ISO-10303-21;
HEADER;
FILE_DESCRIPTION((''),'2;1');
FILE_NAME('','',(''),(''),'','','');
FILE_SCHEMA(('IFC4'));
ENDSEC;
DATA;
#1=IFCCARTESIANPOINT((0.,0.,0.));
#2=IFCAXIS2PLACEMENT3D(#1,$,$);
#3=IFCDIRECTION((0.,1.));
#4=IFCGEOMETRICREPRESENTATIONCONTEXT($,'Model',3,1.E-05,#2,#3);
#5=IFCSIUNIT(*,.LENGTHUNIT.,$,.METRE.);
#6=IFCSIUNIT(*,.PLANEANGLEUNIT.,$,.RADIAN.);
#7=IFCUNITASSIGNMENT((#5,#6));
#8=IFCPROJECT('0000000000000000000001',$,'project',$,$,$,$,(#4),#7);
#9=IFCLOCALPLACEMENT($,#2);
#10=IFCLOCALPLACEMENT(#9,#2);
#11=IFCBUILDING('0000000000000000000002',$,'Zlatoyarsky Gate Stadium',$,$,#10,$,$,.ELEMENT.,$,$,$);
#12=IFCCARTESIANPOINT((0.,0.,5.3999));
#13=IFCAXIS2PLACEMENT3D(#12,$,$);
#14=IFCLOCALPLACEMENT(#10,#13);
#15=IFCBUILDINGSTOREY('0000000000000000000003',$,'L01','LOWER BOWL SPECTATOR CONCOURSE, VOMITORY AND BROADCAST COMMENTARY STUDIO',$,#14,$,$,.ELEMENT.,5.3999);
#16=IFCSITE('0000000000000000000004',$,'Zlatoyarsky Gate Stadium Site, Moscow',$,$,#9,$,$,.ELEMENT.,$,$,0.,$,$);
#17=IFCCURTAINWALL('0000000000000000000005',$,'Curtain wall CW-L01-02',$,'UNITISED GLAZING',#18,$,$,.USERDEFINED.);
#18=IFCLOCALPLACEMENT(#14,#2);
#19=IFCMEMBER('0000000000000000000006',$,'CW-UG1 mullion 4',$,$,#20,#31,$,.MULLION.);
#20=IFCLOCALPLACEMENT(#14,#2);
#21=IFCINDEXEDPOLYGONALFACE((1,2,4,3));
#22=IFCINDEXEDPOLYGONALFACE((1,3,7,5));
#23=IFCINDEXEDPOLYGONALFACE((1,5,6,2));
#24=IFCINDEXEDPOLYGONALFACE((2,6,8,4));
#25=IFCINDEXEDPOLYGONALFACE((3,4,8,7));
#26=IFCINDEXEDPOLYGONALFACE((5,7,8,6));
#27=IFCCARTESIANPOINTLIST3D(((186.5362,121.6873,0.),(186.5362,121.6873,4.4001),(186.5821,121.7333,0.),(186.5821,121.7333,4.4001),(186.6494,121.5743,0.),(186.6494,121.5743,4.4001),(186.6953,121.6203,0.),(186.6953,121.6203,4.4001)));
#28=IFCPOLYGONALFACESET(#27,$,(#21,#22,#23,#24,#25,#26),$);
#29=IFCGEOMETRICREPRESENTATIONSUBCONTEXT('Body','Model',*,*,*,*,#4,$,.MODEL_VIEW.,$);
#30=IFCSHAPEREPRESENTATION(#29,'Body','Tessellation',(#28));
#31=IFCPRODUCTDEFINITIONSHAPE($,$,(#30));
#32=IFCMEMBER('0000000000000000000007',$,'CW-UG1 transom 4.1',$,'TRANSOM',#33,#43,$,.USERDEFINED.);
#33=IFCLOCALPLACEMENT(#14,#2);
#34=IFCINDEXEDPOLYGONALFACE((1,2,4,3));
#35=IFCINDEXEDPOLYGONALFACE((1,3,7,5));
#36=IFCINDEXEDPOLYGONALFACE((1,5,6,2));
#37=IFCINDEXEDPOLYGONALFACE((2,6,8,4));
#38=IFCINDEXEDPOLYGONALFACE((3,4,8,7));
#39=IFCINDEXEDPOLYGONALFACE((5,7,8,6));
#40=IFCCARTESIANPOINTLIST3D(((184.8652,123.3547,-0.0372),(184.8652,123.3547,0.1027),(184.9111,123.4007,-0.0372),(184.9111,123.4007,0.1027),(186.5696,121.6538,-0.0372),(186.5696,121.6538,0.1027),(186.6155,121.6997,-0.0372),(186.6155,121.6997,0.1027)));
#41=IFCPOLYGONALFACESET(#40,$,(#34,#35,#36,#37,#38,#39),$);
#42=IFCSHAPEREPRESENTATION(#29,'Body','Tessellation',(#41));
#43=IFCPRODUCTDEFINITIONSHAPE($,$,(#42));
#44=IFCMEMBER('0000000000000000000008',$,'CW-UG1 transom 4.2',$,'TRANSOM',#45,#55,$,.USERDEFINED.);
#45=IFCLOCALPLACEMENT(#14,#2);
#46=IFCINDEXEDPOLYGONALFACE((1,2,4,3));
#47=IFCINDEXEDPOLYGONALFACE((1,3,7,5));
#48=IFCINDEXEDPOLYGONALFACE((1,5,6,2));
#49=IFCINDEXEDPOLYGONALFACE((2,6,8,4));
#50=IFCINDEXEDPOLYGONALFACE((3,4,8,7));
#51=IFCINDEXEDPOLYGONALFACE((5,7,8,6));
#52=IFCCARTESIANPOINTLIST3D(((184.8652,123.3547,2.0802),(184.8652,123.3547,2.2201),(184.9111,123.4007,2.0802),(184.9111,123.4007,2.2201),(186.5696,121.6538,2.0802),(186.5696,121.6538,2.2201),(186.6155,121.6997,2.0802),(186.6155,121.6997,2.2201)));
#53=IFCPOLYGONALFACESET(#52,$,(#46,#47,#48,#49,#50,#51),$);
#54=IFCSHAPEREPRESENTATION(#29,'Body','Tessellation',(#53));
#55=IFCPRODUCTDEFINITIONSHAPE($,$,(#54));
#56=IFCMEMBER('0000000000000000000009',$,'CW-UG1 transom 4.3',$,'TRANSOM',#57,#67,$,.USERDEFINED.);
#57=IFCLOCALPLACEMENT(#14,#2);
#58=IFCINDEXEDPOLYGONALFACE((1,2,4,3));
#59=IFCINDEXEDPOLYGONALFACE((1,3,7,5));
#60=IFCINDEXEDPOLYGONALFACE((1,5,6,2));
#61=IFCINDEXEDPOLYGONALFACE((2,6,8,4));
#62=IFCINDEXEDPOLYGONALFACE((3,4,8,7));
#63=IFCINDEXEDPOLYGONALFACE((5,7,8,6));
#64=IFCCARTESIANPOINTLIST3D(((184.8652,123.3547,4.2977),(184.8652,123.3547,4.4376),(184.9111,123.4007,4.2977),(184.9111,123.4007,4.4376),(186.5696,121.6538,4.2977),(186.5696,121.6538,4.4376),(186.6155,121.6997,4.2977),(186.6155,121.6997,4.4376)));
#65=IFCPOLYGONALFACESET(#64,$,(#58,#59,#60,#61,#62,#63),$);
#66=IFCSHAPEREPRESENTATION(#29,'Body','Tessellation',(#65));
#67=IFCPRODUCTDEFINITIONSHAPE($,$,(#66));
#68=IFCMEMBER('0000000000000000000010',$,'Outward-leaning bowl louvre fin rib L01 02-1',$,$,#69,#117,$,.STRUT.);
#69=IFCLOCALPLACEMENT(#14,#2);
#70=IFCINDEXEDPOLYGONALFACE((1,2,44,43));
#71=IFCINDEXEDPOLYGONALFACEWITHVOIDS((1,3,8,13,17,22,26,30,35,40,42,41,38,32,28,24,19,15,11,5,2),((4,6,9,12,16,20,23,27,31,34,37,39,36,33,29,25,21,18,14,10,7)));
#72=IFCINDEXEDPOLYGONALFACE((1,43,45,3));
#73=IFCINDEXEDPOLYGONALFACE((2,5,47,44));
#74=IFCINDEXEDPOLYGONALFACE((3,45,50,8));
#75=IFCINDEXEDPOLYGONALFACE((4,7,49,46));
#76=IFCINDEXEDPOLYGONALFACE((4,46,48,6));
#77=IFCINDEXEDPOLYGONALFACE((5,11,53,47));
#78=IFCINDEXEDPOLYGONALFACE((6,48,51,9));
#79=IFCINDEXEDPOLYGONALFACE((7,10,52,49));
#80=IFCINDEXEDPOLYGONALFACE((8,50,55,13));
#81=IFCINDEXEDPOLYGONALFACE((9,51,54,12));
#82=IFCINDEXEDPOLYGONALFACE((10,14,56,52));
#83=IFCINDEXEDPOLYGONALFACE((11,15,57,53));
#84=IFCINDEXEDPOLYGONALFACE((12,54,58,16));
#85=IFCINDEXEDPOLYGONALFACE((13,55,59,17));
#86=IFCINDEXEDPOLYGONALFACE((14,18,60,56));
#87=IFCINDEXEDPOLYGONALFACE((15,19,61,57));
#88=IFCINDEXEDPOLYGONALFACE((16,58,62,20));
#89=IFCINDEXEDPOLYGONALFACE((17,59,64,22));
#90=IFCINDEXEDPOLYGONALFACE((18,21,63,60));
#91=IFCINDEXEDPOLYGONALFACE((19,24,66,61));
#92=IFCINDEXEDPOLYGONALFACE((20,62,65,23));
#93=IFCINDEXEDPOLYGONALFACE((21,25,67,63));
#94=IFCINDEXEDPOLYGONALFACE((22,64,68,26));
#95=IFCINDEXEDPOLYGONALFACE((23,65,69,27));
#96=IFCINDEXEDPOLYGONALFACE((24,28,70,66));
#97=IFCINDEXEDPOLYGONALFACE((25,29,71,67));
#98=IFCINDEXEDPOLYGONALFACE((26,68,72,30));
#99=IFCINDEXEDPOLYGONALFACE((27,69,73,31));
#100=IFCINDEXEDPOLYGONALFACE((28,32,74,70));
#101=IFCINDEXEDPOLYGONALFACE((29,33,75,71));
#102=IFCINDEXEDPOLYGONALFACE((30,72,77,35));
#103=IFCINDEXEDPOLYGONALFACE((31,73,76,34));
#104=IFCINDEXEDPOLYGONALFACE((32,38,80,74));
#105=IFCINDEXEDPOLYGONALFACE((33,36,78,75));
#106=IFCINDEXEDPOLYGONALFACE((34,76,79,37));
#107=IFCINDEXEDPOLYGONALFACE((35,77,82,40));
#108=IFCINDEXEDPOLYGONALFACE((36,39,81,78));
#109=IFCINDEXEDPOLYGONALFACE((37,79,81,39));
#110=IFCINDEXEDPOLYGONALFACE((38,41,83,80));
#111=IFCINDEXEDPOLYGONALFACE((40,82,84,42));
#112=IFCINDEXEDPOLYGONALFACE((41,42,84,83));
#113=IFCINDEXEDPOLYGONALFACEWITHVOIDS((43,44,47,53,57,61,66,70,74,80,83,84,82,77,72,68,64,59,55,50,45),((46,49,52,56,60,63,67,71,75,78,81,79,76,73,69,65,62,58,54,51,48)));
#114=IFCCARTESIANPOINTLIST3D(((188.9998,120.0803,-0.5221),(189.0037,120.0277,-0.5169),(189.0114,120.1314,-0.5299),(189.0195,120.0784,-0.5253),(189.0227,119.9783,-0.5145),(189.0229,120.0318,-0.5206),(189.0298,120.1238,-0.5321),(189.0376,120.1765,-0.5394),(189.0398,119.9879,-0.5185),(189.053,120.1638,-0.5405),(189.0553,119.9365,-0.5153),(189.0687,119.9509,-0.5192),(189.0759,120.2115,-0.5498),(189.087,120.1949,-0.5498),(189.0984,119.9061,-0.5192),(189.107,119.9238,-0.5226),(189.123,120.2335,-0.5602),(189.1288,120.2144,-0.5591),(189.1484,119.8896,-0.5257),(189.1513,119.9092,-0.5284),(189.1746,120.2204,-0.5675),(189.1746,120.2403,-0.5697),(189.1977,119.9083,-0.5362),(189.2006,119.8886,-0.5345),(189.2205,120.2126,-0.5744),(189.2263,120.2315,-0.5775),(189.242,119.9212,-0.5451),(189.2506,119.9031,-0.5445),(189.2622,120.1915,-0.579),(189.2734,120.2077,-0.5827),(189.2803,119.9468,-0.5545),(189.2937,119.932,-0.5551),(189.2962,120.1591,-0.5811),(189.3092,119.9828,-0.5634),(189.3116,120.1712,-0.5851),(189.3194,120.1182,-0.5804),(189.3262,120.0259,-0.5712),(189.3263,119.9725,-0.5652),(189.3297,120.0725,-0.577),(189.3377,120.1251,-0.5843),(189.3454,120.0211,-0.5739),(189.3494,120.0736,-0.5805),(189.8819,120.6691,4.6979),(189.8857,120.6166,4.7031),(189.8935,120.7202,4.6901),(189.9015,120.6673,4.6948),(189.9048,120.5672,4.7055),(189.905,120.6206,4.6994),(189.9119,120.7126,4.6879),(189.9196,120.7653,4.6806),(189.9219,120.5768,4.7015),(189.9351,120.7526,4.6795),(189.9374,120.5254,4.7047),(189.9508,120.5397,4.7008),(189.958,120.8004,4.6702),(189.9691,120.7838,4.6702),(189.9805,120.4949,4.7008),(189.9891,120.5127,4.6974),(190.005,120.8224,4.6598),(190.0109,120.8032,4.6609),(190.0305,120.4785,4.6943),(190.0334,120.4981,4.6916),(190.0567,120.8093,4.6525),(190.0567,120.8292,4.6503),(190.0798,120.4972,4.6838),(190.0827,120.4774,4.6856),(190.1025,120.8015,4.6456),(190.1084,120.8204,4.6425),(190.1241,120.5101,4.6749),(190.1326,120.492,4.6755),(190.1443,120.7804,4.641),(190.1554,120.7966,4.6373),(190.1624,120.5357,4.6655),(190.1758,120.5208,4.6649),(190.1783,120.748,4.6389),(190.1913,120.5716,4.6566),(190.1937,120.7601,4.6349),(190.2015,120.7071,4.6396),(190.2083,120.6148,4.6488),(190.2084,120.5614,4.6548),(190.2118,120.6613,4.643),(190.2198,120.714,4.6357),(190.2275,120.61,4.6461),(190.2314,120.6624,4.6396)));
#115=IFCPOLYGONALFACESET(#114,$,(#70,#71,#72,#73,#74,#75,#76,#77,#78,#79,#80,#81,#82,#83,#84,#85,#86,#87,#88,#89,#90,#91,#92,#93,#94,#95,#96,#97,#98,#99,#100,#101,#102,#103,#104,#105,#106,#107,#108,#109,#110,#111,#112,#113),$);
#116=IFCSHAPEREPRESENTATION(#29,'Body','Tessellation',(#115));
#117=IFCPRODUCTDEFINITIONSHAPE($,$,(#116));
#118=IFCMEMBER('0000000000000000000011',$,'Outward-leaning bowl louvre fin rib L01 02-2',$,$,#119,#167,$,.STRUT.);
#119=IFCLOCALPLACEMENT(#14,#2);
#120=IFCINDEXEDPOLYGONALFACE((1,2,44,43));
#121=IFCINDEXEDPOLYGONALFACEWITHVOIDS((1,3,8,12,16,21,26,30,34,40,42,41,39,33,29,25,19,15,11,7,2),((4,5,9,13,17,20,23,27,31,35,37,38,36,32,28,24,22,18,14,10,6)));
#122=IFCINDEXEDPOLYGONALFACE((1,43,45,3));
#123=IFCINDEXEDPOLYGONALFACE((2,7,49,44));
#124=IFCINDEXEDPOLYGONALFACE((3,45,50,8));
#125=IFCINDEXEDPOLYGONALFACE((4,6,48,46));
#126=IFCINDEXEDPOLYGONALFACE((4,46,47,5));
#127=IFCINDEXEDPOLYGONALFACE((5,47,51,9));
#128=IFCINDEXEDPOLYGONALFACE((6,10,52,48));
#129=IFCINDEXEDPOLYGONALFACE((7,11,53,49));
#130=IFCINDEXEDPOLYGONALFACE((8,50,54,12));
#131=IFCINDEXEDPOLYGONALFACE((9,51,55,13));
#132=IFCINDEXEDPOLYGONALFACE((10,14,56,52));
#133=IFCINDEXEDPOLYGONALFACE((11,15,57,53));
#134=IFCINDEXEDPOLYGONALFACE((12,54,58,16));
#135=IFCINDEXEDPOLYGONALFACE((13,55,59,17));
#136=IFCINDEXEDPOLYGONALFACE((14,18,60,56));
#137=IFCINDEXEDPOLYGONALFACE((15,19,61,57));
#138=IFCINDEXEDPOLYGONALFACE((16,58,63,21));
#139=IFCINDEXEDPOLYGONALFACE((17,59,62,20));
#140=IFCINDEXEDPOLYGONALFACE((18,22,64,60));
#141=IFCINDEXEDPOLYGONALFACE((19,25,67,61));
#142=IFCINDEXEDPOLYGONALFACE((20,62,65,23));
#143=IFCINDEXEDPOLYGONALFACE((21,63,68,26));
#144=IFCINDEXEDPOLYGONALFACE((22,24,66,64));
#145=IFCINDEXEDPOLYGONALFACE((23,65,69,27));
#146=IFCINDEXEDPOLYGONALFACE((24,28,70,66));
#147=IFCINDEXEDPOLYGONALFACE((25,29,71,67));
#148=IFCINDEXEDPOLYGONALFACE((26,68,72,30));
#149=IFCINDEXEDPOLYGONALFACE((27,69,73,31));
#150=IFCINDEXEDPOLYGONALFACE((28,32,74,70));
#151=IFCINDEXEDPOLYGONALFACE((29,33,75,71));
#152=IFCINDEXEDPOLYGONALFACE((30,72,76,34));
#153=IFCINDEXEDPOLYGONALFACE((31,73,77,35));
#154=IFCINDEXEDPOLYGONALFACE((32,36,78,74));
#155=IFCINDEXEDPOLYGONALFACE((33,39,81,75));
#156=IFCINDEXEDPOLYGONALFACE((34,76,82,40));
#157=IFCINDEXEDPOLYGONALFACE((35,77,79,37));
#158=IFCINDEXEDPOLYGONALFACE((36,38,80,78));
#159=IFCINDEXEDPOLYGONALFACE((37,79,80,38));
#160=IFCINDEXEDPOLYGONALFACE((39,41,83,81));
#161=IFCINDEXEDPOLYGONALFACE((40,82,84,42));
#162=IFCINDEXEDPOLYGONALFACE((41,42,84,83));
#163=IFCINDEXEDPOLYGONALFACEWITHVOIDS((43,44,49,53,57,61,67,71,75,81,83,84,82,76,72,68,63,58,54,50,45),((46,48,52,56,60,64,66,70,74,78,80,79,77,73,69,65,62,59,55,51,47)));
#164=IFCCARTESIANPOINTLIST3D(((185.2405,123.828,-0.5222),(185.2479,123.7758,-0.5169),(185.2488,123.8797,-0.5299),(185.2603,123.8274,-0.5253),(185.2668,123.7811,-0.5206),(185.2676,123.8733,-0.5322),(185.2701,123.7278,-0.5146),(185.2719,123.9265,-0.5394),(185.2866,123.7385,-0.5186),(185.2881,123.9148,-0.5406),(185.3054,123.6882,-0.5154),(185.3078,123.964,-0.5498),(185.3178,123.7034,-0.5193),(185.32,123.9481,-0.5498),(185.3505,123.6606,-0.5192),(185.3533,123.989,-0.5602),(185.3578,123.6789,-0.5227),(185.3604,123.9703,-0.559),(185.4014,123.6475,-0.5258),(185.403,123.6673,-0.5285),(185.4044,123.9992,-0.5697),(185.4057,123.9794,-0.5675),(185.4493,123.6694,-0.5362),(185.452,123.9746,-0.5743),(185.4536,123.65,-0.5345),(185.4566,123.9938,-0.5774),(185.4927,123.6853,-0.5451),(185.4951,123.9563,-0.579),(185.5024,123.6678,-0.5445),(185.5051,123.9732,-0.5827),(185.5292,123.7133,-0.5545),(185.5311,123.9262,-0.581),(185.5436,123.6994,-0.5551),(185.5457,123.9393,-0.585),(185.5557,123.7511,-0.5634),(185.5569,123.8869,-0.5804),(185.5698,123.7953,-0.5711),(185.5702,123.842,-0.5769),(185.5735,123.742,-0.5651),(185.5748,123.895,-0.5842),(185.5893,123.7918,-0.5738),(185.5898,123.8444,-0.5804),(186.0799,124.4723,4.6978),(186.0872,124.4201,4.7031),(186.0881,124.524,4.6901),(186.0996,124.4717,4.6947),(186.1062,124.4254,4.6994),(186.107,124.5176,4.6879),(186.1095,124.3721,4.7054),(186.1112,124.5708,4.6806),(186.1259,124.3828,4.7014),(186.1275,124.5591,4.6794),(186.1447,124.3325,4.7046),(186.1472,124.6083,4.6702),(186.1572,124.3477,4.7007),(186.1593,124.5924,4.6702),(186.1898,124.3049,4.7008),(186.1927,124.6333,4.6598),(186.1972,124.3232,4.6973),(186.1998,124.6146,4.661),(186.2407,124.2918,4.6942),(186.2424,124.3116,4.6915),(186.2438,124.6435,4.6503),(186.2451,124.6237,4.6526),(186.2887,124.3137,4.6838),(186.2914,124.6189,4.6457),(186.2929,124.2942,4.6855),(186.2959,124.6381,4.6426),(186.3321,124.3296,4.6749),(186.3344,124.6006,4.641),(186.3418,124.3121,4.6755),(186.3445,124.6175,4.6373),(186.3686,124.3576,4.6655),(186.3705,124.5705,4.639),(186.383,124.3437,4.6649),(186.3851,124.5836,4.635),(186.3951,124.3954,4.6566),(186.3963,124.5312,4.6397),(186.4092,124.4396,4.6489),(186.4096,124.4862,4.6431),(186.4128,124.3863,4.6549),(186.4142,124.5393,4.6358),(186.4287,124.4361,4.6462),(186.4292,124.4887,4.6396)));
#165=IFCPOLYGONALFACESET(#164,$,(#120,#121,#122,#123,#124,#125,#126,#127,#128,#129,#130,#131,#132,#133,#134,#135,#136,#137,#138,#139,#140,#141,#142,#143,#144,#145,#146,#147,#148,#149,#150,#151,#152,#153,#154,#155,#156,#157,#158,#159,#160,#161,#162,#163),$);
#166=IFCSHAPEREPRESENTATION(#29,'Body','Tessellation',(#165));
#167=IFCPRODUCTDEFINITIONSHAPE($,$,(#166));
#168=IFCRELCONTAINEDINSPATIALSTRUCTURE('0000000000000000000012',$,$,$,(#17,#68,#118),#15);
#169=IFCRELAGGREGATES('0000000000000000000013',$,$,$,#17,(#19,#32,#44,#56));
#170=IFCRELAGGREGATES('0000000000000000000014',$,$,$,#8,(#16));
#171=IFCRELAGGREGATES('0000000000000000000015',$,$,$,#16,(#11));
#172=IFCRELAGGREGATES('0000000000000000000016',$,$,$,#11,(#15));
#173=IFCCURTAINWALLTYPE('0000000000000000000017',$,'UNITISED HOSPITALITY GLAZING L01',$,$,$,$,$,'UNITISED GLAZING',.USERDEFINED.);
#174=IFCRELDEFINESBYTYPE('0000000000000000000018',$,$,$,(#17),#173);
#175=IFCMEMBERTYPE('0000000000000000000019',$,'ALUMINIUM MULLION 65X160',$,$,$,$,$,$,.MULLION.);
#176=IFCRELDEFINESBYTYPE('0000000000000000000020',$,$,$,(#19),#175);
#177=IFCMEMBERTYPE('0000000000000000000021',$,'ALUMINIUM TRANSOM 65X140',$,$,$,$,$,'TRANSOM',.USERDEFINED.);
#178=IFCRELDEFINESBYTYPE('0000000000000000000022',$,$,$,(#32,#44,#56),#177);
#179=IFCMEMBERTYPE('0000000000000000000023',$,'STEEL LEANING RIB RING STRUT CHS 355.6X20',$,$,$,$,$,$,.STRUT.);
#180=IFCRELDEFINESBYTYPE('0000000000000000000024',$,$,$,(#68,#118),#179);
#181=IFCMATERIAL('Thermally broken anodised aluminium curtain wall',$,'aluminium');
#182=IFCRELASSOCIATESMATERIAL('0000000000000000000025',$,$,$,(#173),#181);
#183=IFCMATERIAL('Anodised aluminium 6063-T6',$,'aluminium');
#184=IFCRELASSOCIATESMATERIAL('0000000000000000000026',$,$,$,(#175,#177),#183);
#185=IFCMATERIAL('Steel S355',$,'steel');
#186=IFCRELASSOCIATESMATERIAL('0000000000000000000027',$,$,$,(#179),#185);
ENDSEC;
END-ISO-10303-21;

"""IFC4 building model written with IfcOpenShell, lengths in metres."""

from ifc_helpers import new_model, si_unit, direction, frame, origin, origin_2d, place, context, subcontext, project, spatial, rectangle, hollow_circle, extrude, material, material_profile, profile_set, type_object, element, aggregate, save


model = new_model("IFC4")

# Units and contexts
model_context = context("Model", 3, precision=1e-05, world=origin(), true_north=direction((0.0, 1.0)))
body_context = subcontext(model_context, "Body", "Model", "MODEL_VIEW")
ifc_project = project(units=[si_unit("LENGTHUNIT", "METRE"), si_unit("PLANEANGLEUNIT", "RADIAN")], contexts=[model_context])

# Site, building, storey
site_placement = place(None, origin())
site = spatial("IfcSite", under=ifc_project, at=site_placement, Name="Zlatoyarsky Gate Stadium Site, Moscow", CompositionType="ELEMENT", RefElevation=0.0)
building_placement = place(site_placement, origin())
building = spatial("IfcBuilding", under=site, at=building_placement, Name="Zlatoyarsky Gate Stadium", CompositionType="ELEMENT")
storey_placement = place(building_placement, frame((0.0, 0.0, 5.3999)))
storey = spatial("IfcBuildingStorey", under=building, at=storey_placement, Name="L01", Description="LOWER BOWL SPECTATOR CONCOURSE, VOMITORY AND BROADCAST COMMENTARY STUDIO", CompositionType="ELEMENT", Elevation=5.3999)

# Curtain wall, members
ifc_material_1 = material(Name="Thermally broken anodised aluminium curtain wall", Category="aluminium")
curtain_wall_type = type_object("IfcCurtainWallType", Name="UNITISED HOSPITALITY GLAZING L01", ElementType="UNITISED GLAZING", PredefinedType="USERDEFINED", material=ifc_material_1)
curtain_wall_placement = place(storey_placement, origin())
curtain_wall = element("IfcCurtainWall", 1, at=curtain_wall_placement, inside=storey, type_object=curtain_wall_type, Name="Curtain wall CW-L01-02", ObjectType="UNITISED GLAZING", PredefinedType="USERDEFINED")
ifc_material_2 = material(Name="Anodised aluminium 6063-T6", Category="aluminium")
ifc_material_profile_1 = material_profile(ifc_material_2, rectangle(XDim=0.0649, YDim=0.1599, at=origin_2d()), Name="ALU 65X160")
ifc_profile_set_1 = profile_set([ifc_material_profile_1], Name="Anodised aluminium 6063-T6")
member_type_1 = type_object("IfcMemberType", Name="ALUMINIUM MULLION 65X160", PredefinedType="MULLION", material=ifc_profile_set_1)
member_1_placement = place(storey_placement, frame((186.6157, 121.6538, 0.0), z_axis=(0.0, 0.0, 1.0), x_axis=(-0.706371, -0.707842, 0.0)))
member_1 = element("IfcMember", 2, at=member_1_placement, type_object=member_type_1, Name="CW-UG1 mullion 4", PredefinedType="MULLION", context=body_context, shape_type="SweptSolid", body=[
    extrude(rectangle(XDim=0.0649, YDim=0.1599, at=origin_2d()), origin(), (0.0, 0.0, 1.0), 4.4001),
])
ifc_material_profile_2 = material_profile(ifc_material_2, rectangle(XDim=0.0649, YDim=0.1399, at=origin_2d()), Name="ALU 65X140")
ifc_profile_set_2 = profile_set([ifc_material_profile_2], Name="Anodised aluminium 6063-T6")
member_type_2 = type_object("IfcMemberType", Name="ALUMINIUM TRANSOM 65X140", ElementType="TRANSOM", PredefinedType="USERDEFINED", material=ifc_profile_set_2)
member_2_placement = place(storey_placement, frame((186.5925, 121.6768, 0.0327), z_axis=(-0.707816, 0.706397, 0.0), x_axis=(-0.706397, -0.707816, 0.0)))
member_2 = element("IfcMember", 3, at=member_2_placement, type_object=member_type_2, Name="CW-UG1 transom 4.1", ObjectType="TRANSOM", PredefinedType="USERDEFINED", context=body_context, shape_type="SweptSolid", body=[
    extrude(rectangle(XDim=0.0649, YDim=0.1399, at=origin_2d()), origin(), (0.0, 0.0, 1.0), 2.408),
])
member_3_placement = place(storey_placement, frame((186.5925, 121.6768, 2.1501), z_axis=(-0.707816, 0.706397, 0.0), x_axis=(-0.706397, -0.707816, 0.0)))
member_3 = element("IfcMember", 4, at=member_3_placement, type_object=member_type_2, Name="CW-UG1 transom 4.2", ObjectType="TRANSOM", PredefinedType="USERDEFINED", context=body_context, shape_type="SweptSolid", body=[
    extrude(rectangle(XDim=0.0649, YDim=0.1399, at=origin_2d()), origin(), (0.0, 0.0, 1.0), 2.408),
])
member_4_placement = place(storey_placement, frame((186.5925, 121.6768, 4.3677), z_axis=(-0.707816, 0.706397, 0.0), x_axis=(-0.706397, -0.707816, 0.0)))
member_4 = element("IfcMember", 5, at=member_4_placement, type_object=member_type_2, Name="CW-UG1 transom 4.3", ObjectType="TRANSOM", PredefinedType="USERDEFINED", context=body_context, shape_type="SweptSolid", body=[
    extrude(rectangle(XDim=0.0649, YDim=0.1399, at=origin_2d()), origin(), (0.0, 0.0, 1.0), 2.408),
])

# Members
ifc_material_3 = material(Name="Steel S355", Category="steel")
ifc_material_profile_3 = material_profile(ifc_material_3, hollow_circle(Radius=0.1777, WallThickness=0.02, at=origin_2d()), Name="CHS 355.6X20")
ifc_profile_set_3 = profile_set([ifc_material_profile_3], Name="Steel S355")
member_type_3 = type_object("IfcMemberType", Name="STEEL LEANING RIB RING STRUT CHS 355.6X20", PredefinedType="STRUT", material=ifc_profile_set_3)
member_5_placement = place(storey_placement, frame((189.1746, 120.0637, -0.5498), z_axis=(0.165598, 0.110552, 0.979977), x_axis=(-0.555231, 0.831696, 0.0)))
element("IfcMember", 6, at=member_5_placement, inside=storey, type_object=member_type_3, Name="Outward-leaning bowl louvre fin rib L01 02-1", PredefinedType="STRUT", context=body_context, shape_type="SweptSolid", body=[
    extrude(hollow_circle(Radius=0.1777, WallThickness=0.02, at=origin_2d()), origin(), (0.0, 0.0, 1.0), 5.3267),
])
member_6_placement = place(storey_placement, frame((185.416, 123.823, -0.5498), z_axis=(0.157592, 0.120967, 0.980067), x_axis=(-0.608896, 0.79325, 0.0)))
element("IfcMember", 7, at=member_6_placement, inside=storey, type_object=member_type_3, Name="Outward-leaning bowl louvre fin rib L01 02-2", PredefinedType="STRUT", context=body_context, shape_type="SweptSolid", body=[
    extrude(hollow_circle(Radius=0.1777, WallThickness=0.02, at=origin_2d()), origin(), (0.0, 0.0, 1.0), 5.3262),
])

aggregate(curtain_wall, [member_1, member_2, member_3, member_4])

save(model, "model.ifc")
